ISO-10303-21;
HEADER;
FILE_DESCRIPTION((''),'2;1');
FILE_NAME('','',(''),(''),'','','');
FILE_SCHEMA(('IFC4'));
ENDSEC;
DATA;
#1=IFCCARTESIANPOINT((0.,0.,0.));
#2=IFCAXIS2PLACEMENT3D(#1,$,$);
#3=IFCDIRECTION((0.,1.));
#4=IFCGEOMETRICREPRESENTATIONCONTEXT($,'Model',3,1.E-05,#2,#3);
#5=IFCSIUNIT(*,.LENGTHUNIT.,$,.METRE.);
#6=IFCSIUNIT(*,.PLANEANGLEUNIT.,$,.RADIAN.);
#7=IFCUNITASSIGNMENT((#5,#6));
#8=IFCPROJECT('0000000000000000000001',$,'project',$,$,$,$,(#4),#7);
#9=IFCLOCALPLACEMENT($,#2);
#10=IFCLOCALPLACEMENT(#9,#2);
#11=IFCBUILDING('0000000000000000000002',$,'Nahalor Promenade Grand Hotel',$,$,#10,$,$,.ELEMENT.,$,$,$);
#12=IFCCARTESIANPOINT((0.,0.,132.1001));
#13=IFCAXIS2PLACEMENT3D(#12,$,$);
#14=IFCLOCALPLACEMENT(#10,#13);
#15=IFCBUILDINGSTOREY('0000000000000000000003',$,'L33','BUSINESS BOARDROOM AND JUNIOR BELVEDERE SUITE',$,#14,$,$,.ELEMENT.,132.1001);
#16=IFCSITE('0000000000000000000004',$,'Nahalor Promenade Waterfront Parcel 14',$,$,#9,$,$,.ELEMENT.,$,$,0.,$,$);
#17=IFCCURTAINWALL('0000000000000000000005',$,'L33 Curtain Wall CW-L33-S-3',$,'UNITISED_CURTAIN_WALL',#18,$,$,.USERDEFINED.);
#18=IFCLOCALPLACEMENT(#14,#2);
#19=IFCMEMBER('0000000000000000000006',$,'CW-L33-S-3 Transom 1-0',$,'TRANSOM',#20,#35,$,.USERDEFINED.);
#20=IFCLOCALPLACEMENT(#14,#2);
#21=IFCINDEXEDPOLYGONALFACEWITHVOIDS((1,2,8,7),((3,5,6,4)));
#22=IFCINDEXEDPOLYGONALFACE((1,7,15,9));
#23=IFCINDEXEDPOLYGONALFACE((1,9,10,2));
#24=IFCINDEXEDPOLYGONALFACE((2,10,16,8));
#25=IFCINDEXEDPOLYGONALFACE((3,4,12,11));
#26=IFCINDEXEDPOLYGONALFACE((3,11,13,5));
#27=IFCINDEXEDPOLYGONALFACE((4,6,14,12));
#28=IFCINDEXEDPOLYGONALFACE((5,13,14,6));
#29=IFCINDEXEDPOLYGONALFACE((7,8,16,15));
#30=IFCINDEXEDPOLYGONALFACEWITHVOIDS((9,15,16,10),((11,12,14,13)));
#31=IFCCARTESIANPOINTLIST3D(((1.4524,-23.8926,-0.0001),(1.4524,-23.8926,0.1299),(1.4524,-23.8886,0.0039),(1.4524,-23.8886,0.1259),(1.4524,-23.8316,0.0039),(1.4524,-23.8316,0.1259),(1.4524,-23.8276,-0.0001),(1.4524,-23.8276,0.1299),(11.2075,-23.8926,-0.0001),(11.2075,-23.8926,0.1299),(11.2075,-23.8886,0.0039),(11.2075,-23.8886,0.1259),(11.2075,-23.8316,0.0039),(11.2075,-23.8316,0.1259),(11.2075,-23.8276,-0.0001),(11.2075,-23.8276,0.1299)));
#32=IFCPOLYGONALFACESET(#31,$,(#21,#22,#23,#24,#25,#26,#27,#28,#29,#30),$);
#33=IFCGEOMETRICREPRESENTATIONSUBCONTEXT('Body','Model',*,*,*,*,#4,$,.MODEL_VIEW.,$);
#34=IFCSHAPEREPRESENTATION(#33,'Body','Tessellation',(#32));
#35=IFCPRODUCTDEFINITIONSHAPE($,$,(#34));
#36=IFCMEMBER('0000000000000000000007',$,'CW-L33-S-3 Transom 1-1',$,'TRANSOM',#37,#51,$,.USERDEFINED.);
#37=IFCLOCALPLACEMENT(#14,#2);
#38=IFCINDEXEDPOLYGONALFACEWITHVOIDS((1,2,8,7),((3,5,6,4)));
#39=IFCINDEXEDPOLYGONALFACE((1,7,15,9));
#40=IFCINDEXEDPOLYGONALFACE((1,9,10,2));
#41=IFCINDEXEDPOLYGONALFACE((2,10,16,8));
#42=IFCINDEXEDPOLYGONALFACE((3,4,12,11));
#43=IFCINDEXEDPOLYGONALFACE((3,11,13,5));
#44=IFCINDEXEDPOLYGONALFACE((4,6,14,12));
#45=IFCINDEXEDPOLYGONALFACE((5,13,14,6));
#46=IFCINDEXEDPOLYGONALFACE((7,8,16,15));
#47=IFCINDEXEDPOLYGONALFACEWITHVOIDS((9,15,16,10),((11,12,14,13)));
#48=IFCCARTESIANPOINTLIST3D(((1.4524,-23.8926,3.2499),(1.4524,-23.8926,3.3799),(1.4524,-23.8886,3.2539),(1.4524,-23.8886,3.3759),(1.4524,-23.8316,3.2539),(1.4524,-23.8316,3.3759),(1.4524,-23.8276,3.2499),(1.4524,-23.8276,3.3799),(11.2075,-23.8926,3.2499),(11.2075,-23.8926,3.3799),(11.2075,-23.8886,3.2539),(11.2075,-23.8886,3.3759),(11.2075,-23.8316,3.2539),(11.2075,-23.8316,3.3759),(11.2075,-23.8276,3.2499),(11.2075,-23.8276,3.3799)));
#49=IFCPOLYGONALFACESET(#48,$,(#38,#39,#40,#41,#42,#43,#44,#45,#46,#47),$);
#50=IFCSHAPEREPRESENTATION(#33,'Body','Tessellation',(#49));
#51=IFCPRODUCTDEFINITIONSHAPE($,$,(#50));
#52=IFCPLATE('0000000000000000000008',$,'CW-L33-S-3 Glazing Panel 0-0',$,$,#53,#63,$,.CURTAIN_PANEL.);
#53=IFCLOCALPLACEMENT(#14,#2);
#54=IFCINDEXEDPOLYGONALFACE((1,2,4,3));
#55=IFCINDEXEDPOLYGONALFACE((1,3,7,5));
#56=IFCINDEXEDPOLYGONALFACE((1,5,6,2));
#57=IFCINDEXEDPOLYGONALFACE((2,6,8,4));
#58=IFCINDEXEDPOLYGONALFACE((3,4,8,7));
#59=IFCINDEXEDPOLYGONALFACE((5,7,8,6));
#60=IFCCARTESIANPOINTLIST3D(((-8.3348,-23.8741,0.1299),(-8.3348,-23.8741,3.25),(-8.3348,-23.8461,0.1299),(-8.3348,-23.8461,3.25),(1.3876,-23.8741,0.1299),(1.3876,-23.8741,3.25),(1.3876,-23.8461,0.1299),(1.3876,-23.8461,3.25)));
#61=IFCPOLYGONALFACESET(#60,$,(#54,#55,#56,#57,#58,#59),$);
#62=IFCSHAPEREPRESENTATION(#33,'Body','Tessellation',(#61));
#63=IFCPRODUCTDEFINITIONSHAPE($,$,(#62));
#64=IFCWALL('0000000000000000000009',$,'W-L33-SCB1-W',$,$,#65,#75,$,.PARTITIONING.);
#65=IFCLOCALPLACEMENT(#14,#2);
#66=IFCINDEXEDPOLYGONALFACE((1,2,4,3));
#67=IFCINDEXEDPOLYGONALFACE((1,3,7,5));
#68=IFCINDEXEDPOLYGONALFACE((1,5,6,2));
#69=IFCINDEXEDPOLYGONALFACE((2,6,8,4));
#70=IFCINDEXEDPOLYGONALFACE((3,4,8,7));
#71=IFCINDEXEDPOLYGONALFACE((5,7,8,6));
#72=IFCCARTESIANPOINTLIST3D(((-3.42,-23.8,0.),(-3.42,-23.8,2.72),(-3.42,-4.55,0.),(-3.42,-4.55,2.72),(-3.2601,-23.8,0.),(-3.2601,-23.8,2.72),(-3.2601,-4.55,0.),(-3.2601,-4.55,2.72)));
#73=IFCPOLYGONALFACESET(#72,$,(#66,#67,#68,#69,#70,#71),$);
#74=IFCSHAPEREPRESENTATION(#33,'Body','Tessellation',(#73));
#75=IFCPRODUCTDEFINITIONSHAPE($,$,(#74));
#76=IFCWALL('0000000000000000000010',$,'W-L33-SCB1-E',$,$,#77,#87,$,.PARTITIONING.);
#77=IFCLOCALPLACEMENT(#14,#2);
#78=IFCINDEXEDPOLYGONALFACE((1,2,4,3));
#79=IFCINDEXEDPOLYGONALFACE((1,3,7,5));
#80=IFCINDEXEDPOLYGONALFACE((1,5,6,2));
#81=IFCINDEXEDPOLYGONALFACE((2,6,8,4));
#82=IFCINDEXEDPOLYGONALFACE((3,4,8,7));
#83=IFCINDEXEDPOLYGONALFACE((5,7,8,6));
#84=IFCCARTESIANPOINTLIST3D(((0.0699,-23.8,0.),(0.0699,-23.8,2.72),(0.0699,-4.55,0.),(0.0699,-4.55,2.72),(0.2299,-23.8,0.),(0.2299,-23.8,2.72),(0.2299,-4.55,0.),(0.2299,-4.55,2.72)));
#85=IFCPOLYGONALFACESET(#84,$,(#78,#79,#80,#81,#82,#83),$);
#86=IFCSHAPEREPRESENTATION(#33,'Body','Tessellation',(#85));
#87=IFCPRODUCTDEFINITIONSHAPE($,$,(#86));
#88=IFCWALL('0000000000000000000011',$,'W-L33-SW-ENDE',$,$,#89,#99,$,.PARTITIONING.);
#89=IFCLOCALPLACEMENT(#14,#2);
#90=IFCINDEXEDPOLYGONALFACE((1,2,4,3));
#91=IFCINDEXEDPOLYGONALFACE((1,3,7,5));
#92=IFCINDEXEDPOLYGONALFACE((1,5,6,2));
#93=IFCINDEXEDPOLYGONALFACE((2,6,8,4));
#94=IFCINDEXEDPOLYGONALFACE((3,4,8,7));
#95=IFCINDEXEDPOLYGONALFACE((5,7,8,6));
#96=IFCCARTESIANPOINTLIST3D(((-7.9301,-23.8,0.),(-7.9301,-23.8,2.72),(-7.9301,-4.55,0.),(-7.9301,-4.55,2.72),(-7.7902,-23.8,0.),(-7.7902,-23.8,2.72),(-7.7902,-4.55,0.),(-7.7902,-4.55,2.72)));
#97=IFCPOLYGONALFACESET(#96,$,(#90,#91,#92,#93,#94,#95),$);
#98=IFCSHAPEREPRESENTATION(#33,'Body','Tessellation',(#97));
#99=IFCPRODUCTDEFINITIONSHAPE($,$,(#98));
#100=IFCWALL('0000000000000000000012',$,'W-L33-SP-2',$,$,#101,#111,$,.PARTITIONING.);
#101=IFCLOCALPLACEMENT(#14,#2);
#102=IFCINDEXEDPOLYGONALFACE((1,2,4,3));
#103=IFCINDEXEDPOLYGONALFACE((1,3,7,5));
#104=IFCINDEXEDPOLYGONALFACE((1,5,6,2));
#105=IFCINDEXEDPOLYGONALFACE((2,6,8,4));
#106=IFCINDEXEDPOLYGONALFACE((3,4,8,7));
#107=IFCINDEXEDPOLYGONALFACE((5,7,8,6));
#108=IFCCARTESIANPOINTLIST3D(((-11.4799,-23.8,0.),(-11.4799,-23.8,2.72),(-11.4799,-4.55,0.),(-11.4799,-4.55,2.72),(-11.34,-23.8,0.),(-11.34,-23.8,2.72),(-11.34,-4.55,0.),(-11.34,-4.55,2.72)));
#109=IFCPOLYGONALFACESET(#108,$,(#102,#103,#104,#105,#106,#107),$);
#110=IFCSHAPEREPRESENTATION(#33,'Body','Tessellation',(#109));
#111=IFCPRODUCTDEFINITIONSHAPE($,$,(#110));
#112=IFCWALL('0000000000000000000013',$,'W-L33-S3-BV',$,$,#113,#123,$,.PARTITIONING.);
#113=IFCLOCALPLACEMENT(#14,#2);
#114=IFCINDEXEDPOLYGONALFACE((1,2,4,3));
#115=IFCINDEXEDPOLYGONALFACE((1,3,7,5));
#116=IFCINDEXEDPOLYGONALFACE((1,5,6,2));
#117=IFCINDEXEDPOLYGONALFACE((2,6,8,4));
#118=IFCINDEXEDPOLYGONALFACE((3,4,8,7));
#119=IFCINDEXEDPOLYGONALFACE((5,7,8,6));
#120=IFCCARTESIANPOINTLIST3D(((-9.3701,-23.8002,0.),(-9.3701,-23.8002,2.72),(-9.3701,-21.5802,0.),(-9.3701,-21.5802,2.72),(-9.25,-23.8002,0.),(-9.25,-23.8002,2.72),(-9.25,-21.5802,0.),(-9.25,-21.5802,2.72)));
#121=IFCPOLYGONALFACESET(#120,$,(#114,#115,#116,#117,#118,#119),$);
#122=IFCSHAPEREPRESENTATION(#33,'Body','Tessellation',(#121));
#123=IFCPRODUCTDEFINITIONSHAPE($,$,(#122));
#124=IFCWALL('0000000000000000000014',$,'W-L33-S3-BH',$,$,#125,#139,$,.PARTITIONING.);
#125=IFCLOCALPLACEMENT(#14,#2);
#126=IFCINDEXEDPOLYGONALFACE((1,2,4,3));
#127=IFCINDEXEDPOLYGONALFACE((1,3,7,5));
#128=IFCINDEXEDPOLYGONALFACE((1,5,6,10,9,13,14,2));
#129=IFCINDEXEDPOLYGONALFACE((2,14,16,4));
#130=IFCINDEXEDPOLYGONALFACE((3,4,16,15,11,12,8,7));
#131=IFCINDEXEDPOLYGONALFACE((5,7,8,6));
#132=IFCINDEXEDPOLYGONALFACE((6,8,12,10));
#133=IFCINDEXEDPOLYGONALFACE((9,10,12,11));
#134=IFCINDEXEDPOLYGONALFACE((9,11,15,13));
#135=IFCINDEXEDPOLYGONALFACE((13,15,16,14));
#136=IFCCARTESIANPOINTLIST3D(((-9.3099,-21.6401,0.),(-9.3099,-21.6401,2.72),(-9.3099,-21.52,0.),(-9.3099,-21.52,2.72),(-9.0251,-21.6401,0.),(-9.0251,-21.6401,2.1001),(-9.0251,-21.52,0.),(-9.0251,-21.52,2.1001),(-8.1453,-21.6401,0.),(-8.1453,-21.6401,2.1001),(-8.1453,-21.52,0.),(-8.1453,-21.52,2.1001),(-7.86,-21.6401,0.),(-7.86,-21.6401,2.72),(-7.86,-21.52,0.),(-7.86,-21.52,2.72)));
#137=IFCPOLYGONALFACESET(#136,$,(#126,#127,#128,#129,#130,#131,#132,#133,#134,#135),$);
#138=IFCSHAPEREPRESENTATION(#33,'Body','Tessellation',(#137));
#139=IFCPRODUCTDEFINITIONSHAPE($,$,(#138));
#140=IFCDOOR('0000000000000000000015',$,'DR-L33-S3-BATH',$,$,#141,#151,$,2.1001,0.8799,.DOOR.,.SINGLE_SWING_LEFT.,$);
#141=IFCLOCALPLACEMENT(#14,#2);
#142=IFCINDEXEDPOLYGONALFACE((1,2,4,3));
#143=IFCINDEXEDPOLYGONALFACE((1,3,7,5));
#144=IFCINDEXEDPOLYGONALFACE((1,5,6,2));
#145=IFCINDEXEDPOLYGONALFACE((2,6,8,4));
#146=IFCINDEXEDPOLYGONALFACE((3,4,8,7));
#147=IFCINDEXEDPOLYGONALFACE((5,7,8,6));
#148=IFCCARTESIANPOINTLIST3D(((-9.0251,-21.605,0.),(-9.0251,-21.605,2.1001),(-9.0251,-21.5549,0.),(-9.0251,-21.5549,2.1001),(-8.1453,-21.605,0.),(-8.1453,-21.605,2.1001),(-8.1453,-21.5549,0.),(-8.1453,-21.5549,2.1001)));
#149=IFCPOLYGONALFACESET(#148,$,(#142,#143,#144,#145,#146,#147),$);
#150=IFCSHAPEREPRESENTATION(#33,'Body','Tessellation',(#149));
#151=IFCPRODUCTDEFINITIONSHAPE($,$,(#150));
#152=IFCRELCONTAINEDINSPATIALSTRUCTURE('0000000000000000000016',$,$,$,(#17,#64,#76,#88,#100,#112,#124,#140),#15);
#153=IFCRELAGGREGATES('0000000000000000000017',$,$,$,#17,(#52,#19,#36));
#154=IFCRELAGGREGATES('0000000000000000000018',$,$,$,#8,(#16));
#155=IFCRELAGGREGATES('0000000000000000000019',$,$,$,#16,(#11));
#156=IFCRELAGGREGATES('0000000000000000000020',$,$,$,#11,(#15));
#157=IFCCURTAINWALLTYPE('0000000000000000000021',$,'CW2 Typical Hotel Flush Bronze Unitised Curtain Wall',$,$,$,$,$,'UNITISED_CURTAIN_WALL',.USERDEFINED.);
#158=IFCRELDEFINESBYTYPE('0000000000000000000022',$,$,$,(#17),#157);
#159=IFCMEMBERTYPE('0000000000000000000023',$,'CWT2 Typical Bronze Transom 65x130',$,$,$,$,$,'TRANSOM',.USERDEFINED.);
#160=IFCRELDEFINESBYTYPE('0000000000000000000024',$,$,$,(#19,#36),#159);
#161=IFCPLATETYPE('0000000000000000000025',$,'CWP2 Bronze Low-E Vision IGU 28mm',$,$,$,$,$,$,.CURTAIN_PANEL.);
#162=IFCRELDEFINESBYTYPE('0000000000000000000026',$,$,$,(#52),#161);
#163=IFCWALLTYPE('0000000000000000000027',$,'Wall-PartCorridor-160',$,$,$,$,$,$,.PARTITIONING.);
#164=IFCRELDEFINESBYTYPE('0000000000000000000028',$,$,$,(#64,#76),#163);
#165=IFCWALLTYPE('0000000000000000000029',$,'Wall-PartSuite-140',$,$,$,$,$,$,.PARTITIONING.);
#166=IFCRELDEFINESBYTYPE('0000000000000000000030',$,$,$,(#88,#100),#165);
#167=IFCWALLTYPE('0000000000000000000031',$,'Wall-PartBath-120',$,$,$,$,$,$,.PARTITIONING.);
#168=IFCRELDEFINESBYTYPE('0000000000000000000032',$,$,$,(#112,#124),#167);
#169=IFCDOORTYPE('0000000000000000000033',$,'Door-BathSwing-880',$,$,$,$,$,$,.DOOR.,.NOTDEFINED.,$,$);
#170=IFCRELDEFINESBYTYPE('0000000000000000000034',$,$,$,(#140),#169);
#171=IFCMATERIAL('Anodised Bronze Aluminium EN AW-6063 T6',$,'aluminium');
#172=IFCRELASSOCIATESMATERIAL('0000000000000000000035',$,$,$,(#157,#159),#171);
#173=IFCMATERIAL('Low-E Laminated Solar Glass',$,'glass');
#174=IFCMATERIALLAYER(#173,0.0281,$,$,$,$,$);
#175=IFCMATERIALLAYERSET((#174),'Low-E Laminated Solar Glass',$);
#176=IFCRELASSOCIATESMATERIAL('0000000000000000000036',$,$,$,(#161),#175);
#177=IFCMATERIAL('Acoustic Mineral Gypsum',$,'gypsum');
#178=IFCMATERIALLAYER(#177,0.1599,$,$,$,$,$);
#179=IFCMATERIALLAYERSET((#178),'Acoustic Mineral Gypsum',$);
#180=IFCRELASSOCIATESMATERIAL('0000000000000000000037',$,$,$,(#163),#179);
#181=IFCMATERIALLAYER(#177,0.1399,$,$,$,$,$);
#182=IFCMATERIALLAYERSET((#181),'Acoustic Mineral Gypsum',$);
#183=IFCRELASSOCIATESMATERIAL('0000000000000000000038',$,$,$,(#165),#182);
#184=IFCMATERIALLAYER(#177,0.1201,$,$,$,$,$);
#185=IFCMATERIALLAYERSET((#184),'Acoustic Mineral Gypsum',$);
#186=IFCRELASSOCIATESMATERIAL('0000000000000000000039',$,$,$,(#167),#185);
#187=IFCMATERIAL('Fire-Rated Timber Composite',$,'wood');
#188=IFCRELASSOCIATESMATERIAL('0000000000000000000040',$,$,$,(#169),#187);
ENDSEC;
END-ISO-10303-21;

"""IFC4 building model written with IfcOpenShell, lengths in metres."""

from ifc_helpers import new_model, si_unit, direction, frame, frame_2d, origin, origin_2d, place, context, subcontext, project, spatial, rectangle, hollow_rectangle, extrude, source, transform, mapped, material, layer, layer_set, material_profile, profile_set, type_object, element, fill, aggregate, save


model = new_model("IFC4")

# Units and contexts
model_context = context("Model", 3, precision=1e-05, world=origin(), true_north=direction((0.0, 1.0)))
body_context = subcontext(model_context, "Body", "Model", "MODEL_VIEW")
ifc_project = project(units=[si_unit("LENGTHUNIT", "METRE"), si_unit("PLANEANGLEUNIT", "RADIAN")], contexts=[model_context])

# Site, building, storey
site_placement = place(None, origin())
site = spatial("IfcSite", under=ifc_project, at=site_placement, Name="Nahalor Promenade Waterfront Parcel 14", CompositionType="ELEMENT", RefElevation=0.0)
building_placement = place(site_placement, origin())
building = spatial("IfcBuilding", under=site, at=building_placement, Name="Nahalor Promenade Grand Hotel", CompositionType="ELEMENT")
storey_placement = place(building_placement, frame((0.0, 0.0, 132.1001)))
storey = spatial("IfcBuildingStorey", under=building, at=storey_placement, Name="L33", Description="BUSINESS BOARDROOM AND JUNIOR BELVEDERE SUITE", CompositionType="ELEMENT", Elevation=132.1001)

# Curtain wall, members, plate
ifc_material_1 = material(Name="Anodised Bronze Aluminium EN AW-6063 T6", Category="aluminium")
curtain_wall_type = type_object("IfcCurtainWallType", Name="CW2 Typical Hotel Flush Bronze Unitised Curtain Wall", ElementType="UNITISED_CURTAIN_WALL", PredefinedType="USERDEFINED", material=ifc_material_1)
curtain_wall_placement = place(storey_placement, origin())
curtain_wall = element("IfcCurtainWall", 1, at=curtain_wall_placement, inside=storey, type_object=curtain_wall_type, Name="L33 Curtain Wall CW-L33-S-3", ObjectType="UNITISED_CURTAIN_WALL", PredefinedType="USERDEFINED")
ifc_material_profile_1 = material_profile(ifc_material_1, hollow_rectangle(XDim=0.065, YDim=0.13, WallThickness=0.004, at=origin_2d()), Name="CWT 65x130x4")
ifc_profile_set_1 = profile_set([ifc_material_profile_1], Name="Anodised Bronze Aluminium EN AW-6063 T6")
member_type_1 = type_object("IfcMemberType", Name="CWT2 Typical Bronze Transom 65x130", ElementType="TRANSOM", PredefinedType="USERDEFINED", material=ifc_profile_set_1)
shared_shape_1 = source(origin(), body_context, "Body", "SweptSolid", [
    extrude(hollow_rectangle(XDim=0.065, YDim=0.13, WallThickness=0.004, at=origin_2d()), origin(), (0.0, 0.0, 1.0), 9.7551),
])
member_1_placement = place(storey_placement, frame((1.4524, -23.8601, 0.0649), z_axis=(1.0, 0.0, 0.0), x_axis=(0.0, 1.0, 0.0)))
member_1 = element("IfcMember", 2, at=member_1_placement, type_object=member_type_1, Name="CW-L33-S-3 Transom 1-0", ObjectType="TRANSOM", PredefinedType="USERDEFINED", context=body_context, shape_type="MappedRepresentation", body=[
    mapped(shared_shape_1, transform((0.0, 0.0, 0.0), scale=1.0)),
])
member_2_placement = place(storey_placement, frame((1.4524, -23.8601, 3.3149), z_axis=(1.0, 0.0, 0.0), x_axis=(0.0, 1.0, 0.0)))
member_2 = element("IfcMember", 3, at=member_2_placement, type_object=member_type_1, Name="CW-L33-S-3 Transom 1-1", ObjectType="TRANSOM", PredefinedType="USERDEFINED", context=body_context, shape_type="MappedRepresentation", body=[
    mapped(shared_shape_1, transform((0.0, 0.0, 0.0), scale=1.0)),
])
ifc_material_2 = material(Name="Low-E Laminated Solar Glass", Category="glass")
ifc_layer_1 = layer(ifc_material_2, 0.0281)
ifc_layer_set_1 = layer_set([ifc_layer_1], Name="Low-E Laminated Solar Glass")
plate_type = type_object("IfcPlateType", Name="CWP2 Bronze Low-E Vision IGU 28mm", PredefinedType="CURTAIN_PANEL", material=ifc_layer_set_1)
shared_shape_2 = source(origin(), body_context, "Body", "SweptSolid", [
    extrude(rectangle(XDim=9.7224, YDim=0.0281, at=origin_2d()), origin(), (0.0, 0.0, 1.0), 3.1201),
])
plate_placement = place(storey_placement, frame((-3.4736, -23.8601, 0.1299), z_axis=(0.0, 0.0, 1.0), x_axis=(1.0, 0.0, 0.0)))
plate = element("IfcPlate", 4, at=plate_placement, type_object=plate_type, Name="CW-L33-S-3 Glazing Panel 0-0", PredefinedType="CURTAIN_PANEL", context=body_context, shape_type="MappedRepresentation", body=[
    mapped(shared_shape_2, transform((0.0, 0.0, 0.0), scale=1.0)),
])
aggregate(curtain_wall, [plate, member_1, member_2])

# Walls
ifc_material_3 = material(Name="Acoustic Mineral Gypsum", Category="gypsum")
ifc_layer_2 = layer(ifc_material_3, 0.1599)
ifc_layer_set_2 = layer_set([ifc_layer_2], Name="Acoustic Mineral Gypsum")
wall_type_1 = type_object("IfcWallType", Name="Wall-PartCorridor-160", PredefinedType="PARTITIONING", material=ifc_layer_set_2)
shared_shape_3 = source(origin(), body_context, "Body", "SweptSolid", [
    extrude(rectangle(XDim=19.25, YDim=0.1599, at=frame_2d((9.625, 0.0))), origin(), (0.0, 0.0, 1.0), 2.72),
])
for number, where, z_axis, x_axis, name in (
    (5, (-3.3401, -23.8, 0.0), (0.0, 0.0, 1.0), (0.0, 1.0, 0.0), "W-L33-SCB1-W"),
    (6, (0.1499, -23.8, 0.0), (0.0, 0.0, 1.0), (0.0, 1.0, 0.0), "W-L33-SCB1-E"),
):
    element("IfcWall", number, at=place(storey_placement, frame(where, z_axis=z_axis, x_axis=x_axis)), inside=storey, type_object=wall_type_1, Name=name, PredefinedType="PARTITIONING", context=body_context, shape_type="MappedRepresentation", body=[
        mapped(shared_shape_3, transform((0.0, 0.0, 0.0), scale=1.0)),
    ])
ifc_layer_3 = layer(ifc_material_3, 0.1399)
ifc_layer_set_3 = layer_set([ifc_layer_3], Name="Acoustic Mineral Gypsum")
wall_type_2 = type_object("IfcWallType", Name="Wall-PartSuite-140", PredefinedType="PARTITIONING", material=ifc_layer_set_3)
shared_shape_4 = source(origin(), body_context, "Body", "SweptSolid", [
    extrude(rectangle(XDim=19.25, YDim=0.1399, at=frame_2d((9.625, 0.0))), origin(), (0.0, 0.0, 1.0), 2.72),
])
for number, where, z_axis, x_axis, name in (
    (7, (-7.8601, -23.8, 0.0), (0.0, 0.0, 1.0), (0.0, 1.0, 0.0), "W-L33-SW-ENDE"),
    (8, (-11.4099, -23.8, 0.0), (0.0, 0.0, 1.0), (0.0, 1.0, 0.0), "W-L33-SP-2"),
):
    element("IfcWall", number, at=place(storey_placement, frame(where, z_axis=z_axis, x_axis=x_axis)), inside=storey, type_object=wall_type_2, Name=name, PredefinedType="PARTITIONING", context=body_context, shape_type="MappedRepresentation", body=[
        mapped(shared_shape_4, transform((0.0, 0.0, 0.0), scale=1.0)),
    ])
ifc_layer_4 = layer(ifc_material_3, 0.1201)
ifc_layer_set_4 = layer_set([ifc_layer_4], Name="Acoustic Mineral Gypsum")
wall_type_3 = type_object("IfcWallType", Name="Wall-PartBath-120", PredefinedType="PARTITIONING", material=ifc_layer_set_4)
shared_shape_5 = source(origin(), body_context, "Body", "SweptSolid", [
    extrude(rectangle(XDim=2.22, YDim=0.1201, at=frame_2d((1.1099, 0.0))), origin(), (0.0, 0.0, 1.0), 2.72),
])
wall_1_placement = place(storey_placement, frame((-9.3101, -23.8, 0.0), z_axis=(0.0, 0.0, 1.0), x_axis=(0.0, 1.0, 0.0)))
element("IfcWall", 9, at=wall_1_placement, inside=storey, type_object=wall_type_3, Name="W-L33-S3-BV", PredefinedType="PARTITIONING", context=body_context, shape_type="MappedRepresentation", body=[
    mapped(shared_shape_5, transform((0.0, 0.0, 0.0), scale=1.0)),
])

# Wall, opening, door
shared_shape_6 = source(origin(), body_context, "Body", "SweptSolid", [
    extrude(rectangle(XDim=1.45, YDim=0.1201, at=frame_2d((0.7251, 0.0))), origin(), (0.0, 0.0, 1.0), 2.72),
])
wall_2_placement = place(storey_placement, frame((-9.3101, -21.5801, 0.0), z_axis=(0.0, 0.0, 1.0), x_axis=(1.0, 0.0, 0.0)))
wall_2 = element("IfcWall", 10, at=wall_2_placement, inside=storey, type_object=wall_type_3, Name="W-L33-S3-BH", PredefinedType="PARTITIONING", context=body_context, shape_type="MappedRepresentation", body=[
    mapped(shared_shape_6, transform((0.0, 0.0, 0.0), scale=1.0)),
])
opening_placement = place(wall_2_placement, frame((0.2849, 0.0, 0.0)))
opening = element("IfcOpeningElement", 11, at=opening_placement, cuts=wall_2, PredefinedType="OPENING", context=body_context, shape_type="SweptSolid", body=[
    extrude(rectangle(XDim=0.8799, YDim=2.1001, at=frame_2d((0.4399, 1.05))), frame((0.0, 0.0701, 0.0), z_axis=(0.0, -1.0, 0.0), x_axis=(1.0, 0.0, 0.0)), (0.0, 0.0, 1.0), 0.1401),
])
ifc_material_4 = material(Name="Fire-Rated Timber Composite", Category="wood")
door_type = type_object("IfcDoorType", Name="Door-BathSwing-880", OperationType="NOTDEFINED", PredefinedType="DOOR", material=ifc_material_4)
shared_shape_7 = source(origin(), body_context, "Body", "SweptSolid", [
    extrude(rectangle(XDim=0.8799, YDim=2.1001, at=frame_2d((0.4399, 1.05))), frame((0.0, 0.0249, 0.0), z_axis=(0.0, -1.0, 0.0), x_axis=(1.0, 0.0, 0.0)), (0.0, 0.0, 1.0), 0.05),
])
door_placement = place(opening_placement, frame((0.8799, 0.0, 0.0), z_axis=(0.0, 0.0, 1.0), x_axis=(-1.0, 0.0, 0.0)))
door = element("IfcDoor", 12, at=door_placement, inside=storey, type_object=door_type, Name="DR-L33-S3-BATH", OperationType="SINGLE_SWING_LEFT", OverallHeight=2.1001, OverallWidth=0.8799, PredefinedType="DOOR", context=body_context, shape_type="MappedRepresentation", body=[
    mapped(shared_shape_7, transform((0.0, 0.0, 0.0), scale=1.0)),
])
fill(opening, door)

save(model, "model.ifc")
